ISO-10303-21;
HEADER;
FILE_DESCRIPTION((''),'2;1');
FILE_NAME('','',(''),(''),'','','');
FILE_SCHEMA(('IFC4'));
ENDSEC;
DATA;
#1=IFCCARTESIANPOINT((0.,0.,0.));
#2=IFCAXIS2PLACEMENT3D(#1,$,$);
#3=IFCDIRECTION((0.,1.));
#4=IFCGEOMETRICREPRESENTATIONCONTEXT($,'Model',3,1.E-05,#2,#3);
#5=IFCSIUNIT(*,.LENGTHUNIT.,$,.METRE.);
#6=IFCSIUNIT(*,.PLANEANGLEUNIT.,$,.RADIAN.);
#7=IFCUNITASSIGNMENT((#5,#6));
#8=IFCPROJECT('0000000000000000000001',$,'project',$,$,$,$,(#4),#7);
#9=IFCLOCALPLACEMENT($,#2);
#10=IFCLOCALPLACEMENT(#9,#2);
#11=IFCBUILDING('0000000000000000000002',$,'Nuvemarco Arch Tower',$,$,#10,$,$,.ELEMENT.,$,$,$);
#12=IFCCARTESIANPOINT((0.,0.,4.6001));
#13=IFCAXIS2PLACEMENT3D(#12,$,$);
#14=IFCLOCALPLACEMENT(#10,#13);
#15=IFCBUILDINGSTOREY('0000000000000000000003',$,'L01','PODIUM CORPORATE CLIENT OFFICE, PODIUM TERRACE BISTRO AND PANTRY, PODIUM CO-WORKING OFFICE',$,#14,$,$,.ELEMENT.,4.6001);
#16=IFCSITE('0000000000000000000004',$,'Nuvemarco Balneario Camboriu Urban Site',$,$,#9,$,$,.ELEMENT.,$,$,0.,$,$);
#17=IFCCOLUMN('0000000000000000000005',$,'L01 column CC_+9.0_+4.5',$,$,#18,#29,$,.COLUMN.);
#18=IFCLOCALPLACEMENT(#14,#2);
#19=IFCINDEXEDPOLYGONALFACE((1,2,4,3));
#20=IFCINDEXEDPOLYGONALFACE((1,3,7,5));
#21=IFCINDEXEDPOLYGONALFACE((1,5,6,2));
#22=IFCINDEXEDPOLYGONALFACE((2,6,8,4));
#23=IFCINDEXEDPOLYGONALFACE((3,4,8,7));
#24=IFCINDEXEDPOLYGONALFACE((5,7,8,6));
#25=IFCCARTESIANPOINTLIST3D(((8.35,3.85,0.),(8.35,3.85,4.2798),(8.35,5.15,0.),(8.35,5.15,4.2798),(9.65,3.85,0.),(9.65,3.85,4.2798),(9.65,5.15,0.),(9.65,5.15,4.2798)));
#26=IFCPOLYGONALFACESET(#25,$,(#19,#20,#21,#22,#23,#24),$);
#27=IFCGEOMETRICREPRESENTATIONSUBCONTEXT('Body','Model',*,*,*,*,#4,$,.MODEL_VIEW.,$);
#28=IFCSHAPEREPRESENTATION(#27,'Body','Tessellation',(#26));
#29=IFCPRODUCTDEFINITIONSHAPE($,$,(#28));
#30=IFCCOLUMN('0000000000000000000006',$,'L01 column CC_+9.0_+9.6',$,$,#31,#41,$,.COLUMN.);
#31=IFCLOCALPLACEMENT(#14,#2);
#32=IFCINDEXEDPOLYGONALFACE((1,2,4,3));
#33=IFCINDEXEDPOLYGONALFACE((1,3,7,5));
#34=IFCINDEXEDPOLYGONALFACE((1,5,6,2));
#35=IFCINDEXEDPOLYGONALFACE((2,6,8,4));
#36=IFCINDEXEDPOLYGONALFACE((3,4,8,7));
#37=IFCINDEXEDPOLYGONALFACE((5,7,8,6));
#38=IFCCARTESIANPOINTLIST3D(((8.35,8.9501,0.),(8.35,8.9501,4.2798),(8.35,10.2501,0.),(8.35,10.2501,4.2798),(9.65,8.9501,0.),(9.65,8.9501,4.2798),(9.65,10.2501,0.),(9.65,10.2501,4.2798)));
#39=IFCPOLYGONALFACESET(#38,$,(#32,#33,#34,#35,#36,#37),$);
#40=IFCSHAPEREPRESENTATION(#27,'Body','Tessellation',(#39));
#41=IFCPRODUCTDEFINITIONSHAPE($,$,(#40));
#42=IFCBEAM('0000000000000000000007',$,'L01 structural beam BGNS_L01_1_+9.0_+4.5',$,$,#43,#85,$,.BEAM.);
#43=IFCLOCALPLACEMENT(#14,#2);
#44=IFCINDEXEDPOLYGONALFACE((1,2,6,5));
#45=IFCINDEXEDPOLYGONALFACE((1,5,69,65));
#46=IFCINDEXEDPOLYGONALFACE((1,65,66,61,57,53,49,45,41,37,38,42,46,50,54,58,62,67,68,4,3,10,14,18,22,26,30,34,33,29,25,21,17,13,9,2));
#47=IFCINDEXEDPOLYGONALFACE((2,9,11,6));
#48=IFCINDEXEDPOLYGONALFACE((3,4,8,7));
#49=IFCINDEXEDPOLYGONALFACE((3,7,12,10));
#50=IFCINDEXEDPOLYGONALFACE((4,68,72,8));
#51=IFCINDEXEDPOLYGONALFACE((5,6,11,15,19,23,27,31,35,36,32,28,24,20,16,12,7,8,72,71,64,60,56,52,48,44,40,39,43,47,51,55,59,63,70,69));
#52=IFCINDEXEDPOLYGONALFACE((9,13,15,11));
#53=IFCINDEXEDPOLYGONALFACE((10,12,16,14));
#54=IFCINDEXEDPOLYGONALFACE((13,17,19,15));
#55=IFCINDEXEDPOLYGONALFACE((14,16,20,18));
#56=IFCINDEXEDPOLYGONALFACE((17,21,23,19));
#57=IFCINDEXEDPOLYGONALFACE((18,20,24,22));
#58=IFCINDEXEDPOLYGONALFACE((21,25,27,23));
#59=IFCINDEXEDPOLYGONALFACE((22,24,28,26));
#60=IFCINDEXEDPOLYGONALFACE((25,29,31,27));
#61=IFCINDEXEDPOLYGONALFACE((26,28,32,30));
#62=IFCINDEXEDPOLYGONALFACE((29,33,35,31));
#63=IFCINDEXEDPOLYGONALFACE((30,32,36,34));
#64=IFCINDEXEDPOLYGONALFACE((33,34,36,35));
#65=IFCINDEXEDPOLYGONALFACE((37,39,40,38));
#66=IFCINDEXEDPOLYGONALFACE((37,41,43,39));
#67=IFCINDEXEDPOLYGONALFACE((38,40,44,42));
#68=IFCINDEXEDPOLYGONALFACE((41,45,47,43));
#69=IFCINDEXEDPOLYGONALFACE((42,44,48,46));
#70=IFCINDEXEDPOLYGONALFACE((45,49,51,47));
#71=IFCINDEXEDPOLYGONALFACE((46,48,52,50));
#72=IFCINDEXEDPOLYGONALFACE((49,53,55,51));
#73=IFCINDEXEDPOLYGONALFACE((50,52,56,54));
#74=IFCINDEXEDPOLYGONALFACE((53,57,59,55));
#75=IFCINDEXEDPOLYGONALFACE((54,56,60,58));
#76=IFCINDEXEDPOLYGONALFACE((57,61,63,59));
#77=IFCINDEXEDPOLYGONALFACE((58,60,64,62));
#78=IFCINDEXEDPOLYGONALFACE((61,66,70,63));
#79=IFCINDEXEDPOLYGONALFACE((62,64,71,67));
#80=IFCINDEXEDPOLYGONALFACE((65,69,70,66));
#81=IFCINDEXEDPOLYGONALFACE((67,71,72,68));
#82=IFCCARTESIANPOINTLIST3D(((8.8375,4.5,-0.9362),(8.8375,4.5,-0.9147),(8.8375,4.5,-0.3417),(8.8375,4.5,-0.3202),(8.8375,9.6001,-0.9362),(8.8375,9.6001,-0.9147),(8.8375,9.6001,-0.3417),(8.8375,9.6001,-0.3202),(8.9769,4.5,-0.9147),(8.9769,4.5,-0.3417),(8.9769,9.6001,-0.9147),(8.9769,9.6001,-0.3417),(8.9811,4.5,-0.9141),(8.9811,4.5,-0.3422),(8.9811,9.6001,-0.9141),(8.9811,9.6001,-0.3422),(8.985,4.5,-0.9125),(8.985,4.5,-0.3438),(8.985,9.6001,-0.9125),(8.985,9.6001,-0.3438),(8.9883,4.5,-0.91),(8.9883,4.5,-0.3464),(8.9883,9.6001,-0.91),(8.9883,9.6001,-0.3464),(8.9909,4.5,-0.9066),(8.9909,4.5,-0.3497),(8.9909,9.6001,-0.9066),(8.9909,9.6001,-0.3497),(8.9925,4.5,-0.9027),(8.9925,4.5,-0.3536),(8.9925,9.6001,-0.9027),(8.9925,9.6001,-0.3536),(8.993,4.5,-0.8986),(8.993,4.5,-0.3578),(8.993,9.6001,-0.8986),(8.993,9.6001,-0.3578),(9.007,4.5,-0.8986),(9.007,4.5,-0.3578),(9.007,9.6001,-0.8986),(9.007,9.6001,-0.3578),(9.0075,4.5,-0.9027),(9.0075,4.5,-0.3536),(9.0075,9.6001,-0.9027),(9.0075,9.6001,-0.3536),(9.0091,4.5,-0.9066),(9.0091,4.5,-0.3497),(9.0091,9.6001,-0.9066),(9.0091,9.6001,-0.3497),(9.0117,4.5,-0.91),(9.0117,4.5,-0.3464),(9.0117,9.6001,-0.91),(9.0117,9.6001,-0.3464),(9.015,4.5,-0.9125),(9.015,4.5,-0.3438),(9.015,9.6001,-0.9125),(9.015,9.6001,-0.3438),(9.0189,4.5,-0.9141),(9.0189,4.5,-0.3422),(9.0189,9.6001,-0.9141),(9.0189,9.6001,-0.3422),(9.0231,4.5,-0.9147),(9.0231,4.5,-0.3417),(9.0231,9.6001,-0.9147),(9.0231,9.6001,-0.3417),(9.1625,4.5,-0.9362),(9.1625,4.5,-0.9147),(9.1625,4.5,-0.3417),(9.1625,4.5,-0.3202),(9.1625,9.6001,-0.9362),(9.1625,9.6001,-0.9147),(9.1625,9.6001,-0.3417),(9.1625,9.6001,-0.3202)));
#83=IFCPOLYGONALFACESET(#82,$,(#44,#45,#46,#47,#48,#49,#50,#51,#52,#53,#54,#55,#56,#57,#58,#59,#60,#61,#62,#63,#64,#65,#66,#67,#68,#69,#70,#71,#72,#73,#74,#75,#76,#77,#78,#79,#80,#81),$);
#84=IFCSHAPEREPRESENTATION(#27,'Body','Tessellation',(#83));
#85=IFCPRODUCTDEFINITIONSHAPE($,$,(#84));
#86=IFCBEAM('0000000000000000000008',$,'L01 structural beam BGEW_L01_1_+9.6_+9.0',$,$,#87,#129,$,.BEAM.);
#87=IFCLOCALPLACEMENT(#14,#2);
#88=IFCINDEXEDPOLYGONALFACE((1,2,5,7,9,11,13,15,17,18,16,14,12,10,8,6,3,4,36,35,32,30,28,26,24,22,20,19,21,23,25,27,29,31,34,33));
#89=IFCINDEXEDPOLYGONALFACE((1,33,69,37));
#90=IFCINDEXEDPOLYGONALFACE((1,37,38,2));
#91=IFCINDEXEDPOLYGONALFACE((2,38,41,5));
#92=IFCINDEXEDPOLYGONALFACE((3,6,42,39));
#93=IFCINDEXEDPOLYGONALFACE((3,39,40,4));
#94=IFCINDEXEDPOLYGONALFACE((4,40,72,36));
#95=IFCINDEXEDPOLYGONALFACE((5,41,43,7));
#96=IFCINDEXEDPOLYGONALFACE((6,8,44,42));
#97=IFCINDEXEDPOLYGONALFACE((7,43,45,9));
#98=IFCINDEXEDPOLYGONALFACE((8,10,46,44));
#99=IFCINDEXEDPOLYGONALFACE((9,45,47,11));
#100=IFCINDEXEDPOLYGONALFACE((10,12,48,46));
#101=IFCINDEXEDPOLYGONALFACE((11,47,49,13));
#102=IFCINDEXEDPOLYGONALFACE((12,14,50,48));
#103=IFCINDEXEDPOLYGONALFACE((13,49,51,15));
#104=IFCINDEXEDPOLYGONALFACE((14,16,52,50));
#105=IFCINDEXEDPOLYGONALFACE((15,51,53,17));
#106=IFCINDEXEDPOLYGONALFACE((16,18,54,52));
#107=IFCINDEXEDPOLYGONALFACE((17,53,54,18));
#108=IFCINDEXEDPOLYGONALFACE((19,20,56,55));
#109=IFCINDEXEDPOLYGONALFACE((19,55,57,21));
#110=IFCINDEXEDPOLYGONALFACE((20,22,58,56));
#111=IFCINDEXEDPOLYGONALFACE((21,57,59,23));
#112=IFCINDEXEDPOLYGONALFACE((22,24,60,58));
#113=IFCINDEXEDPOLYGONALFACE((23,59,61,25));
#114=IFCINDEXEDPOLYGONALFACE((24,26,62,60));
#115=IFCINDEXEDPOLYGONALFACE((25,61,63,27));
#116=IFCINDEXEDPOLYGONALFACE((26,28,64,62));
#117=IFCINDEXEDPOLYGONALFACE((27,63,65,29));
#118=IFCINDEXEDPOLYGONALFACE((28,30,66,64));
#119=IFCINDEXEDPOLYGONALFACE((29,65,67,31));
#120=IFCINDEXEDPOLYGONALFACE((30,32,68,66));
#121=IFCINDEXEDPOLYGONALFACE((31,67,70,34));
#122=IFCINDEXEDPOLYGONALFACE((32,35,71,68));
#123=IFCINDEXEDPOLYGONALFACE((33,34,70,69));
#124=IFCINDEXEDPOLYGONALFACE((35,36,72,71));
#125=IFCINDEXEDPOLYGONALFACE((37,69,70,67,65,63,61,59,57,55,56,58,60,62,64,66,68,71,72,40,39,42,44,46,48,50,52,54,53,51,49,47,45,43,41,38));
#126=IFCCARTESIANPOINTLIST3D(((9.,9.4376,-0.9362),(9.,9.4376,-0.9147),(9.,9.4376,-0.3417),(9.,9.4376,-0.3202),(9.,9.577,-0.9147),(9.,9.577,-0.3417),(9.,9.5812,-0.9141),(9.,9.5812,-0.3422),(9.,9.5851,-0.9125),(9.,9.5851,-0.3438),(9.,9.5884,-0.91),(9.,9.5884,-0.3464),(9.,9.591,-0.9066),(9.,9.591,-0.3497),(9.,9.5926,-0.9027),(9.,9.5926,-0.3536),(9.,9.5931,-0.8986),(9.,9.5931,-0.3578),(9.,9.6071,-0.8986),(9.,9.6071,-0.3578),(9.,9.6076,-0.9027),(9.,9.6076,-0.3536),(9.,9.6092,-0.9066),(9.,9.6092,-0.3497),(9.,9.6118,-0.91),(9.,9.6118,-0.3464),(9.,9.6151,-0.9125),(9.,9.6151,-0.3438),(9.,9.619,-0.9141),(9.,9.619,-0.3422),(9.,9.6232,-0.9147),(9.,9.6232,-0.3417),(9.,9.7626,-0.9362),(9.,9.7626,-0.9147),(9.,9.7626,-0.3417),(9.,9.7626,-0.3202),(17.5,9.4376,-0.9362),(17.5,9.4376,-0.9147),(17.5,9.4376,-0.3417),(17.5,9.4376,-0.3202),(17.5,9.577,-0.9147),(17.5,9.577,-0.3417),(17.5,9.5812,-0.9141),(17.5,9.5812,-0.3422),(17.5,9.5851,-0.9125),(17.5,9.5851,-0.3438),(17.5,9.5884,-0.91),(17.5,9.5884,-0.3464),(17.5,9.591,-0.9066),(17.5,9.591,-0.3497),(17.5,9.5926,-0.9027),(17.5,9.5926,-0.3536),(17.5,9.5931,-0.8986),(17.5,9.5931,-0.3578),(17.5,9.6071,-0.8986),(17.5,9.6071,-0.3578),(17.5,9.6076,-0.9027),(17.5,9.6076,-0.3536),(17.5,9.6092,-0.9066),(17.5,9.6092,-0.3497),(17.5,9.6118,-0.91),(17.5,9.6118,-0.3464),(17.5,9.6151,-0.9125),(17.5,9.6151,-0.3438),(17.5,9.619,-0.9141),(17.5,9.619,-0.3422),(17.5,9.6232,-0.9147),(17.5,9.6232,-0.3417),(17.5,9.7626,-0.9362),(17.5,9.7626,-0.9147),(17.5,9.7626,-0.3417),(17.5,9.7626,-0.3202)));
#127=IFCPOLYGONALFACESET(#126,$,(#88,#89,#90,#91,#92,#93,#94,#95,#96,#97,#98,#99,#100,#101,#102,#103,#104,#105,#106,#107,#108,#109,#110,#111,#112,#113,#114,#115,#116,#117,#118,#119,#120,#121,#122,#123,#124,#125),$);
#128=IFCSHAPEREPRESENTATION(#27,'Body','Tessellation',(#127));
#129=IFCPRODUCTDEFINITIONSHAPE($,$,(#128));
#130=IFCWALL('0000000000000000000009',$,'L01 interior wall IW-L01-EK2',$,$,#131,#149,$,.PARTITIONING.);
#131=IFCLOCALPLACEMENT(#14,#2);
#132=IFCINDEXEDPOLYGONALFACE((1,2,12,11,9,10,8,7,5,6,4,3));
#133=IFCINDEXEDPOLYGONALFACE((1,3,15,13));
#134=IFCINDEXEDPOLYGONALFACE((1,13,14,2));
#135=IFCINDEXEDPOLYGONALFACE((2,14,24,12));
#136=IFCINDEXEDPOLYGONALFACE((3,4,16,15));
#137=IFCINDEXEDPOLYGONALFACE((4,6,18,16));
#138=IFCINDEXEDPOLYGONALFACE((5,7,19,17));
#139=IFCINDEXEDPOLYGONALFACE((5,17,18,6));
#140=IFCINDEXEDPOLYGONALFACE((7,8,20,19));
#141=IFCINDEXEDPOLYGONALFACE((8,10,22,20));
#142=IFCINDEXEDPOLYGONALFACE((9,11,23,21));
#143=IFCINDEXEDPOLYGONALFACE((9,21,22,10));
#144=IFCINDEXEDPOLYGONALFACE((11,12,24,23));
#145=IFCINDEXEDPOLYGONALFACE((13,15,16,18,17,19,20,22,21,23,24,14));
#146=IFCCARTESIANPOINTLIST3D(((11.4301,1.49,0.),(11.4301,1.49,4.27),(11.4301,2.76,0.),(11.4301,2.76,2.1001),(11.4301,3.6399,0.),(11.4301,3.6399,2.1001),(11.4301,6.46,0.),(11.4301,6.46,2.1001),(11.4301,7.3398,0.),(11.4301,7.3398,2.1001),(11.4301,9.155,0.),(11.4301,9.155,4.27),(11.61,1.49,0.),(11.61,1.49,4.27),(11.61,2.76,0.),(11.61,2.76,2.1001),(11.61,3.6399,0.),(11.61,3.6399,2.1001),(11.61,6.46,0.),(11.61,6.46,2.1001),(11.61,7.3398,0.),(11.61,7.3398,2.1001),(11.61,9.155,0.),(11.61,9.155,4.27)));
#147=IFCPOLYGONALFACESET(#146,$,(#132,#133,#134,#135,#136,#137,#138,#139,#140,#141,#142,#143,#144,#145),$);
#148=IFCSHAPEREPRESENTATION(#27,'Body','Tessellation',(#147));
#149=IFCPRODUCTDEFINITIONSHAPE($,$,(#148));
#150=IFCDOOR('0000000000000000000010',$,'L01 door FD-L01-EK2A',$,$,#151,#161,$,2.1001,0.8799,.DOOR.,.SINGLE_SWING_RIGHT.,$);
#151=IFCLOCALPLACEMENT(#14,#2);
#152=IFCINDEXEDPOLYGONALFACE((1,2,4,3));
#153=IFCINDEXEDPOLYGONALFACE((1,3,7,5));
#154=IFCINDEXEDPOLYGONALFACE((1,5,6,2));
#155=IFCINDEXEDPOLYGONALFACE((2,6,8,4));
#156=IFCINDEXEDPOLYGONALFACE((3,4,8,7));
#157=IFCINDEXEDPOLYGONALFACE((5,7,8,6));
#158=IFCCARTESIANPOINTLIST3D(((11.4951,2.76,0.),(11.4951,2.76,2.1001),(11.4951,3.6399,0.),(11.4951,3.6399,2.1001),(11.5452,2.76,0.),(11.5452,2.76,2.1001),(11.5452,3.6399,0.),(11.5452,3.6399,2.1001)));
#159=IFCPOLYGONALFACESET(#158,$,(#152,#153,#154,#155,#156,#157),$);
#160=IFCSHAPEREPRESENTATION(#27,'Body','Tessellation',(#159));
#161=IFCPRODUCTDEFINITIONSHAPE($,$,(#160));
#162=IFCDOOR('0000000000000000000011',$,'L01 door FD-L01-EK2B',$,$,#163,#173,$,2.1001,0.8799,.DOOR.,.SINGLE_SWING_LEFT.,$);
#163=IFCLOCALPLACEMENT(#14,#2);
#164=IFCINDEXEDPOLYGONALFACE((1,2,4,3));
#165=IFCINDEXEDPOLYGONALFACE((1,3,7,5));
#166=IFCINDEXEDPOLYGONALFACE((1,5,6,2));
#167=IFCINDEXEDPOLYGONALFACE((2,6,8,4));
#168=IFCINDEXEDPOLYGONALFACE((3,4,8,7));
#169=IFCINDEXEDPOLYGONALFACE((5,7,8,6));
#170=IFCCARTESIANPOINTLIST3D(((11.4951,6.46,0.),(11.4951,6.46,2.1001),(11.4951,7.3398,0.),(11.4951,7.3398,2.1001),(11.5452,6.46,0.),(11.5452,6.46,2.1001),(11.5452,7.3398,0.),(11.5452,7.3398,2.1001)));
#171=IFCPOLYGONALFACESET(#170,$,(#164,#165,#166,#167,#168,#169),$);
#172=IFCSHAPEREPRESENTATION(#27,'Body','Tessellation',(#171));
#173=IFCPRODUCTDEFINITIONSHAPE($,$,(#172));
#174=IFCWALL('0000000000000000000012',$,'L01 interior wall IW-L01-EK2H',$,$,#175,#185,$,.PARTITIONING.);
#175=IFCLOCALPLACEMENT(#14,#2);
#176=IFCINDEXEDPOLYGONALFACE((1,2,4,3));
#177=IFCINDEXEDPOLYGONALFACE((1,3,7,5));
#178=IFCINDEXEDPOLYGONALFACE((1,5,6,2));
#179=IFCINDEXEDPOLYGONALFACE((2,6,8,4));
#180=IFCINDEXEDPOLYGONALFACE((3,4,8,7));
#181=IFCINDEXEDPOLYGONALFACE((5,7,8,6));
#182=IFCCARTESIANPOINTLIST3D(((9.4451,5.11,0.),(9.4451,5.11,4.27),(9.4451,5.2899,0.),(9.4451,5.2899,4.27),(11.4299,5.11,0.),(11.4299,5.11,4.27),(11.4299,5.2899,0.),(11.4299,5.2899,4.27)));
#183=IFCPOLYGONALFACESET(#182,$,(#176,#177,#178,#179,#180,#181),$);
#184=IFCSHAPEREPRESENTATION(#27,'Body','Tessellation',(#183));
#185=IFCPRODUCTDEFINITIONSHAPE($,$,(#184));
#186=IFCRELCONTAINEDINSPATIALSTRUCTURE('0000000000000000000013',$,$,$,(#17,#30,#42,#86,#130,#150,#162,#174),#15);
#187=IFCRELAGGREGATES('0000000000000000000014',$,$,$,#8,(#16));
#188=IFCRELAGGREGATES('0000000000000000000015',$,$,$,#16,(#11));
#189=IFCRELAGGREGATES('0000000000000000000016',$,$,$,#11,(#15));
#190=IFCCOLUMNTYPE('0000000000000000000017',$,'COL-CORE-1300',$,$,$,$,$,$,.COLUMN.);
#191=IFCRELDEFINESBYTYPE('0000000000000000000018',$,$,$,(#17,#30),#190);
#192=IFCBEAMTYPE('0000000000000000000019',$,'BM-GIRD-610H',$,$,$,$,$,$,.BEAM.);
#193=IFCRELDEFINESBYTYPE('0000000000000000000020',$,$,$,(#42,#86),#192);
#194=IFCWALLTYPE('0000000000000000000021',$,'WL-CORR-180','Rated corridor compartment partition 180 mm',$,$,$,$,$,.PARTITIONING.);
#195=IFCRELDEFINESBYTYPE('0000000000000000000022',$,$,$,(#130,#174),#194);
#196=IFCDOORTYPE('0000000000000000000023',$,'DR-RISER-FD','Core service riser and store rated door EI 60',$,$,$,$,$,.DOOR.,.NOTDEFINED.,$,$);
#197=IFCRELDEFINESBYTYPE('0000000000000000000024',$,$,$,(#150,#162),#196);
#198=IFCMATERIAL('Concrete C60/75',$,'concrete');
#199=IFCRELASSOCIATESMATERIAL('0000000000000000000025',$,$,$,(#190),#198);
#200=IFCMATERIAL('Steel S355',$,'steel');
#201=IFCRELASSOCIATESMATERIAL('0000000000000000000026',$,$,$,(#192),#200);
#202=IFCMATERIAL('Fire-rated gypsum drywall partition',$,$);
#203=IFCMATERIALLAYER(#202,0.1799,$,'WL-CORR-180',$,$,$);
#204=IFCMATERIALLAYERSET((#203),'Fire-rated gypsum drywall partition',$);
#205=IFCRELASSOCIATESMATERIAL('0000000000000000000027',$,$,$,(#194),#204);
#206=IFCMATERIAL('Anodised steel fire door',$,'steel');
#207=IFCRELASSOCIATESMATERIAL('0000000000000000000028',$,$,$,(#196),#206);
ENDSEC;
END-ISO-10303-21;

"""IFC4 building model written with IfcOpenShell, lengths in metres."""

from ifc_helpers import new_model, si_unit, direction, frame, frame_2d, origin, origin_2d, place, context, subcontext, project, spatial, rectangle, i_section, extrude, source, transform, mapped, material, layer, layer_set, material_profile, profile_set, type_object, type_shapes, element, fill, save


model = new_model("IFC4")

# Units and contexts
model_context = context("Model", 3, precision=1e-05, world=origin(), true_north=direction((0.0, 1.0)))
body_context = subcontext(model_context, "Body", "Model", "MODEL_VIEW")
ifc_project = project(units=[si_unit("LENGTHUNIT", "METRE"), si_unit("PLANEANGLEUNIT", "RADIAN")], contexts=[model_context])

# Site, building, storey
site_placement = place(None, origin())
site = spatial("IfcSite", under=ifc_project, at=site_placement, Name="Nuvemarco Balneario Camboriu Urban Site", CompositionType="ELEMENT", RefElevation=0.0)
building_placement = place(site_placement, origin())
building = spatial("IfcBuilding", under=site, at=building_placement, Name="Nuvemarco Arch Tower", CompositionType="ELEMENT")
storey_placement = place(building_placement, frame((0.0, 0.0, 4.6001)))
storey = spatial("IfcBuildingStorey", under=building, at=storey_placement, Name="L01", Description="PODIUM CORPORATE CLIENT OFFICE, PODIUM TERRACE BISTRO AND PANTRY, PODIUM CO-WORKING OFFICE", CompositionType="ELEMENT", Elevation=4.6001)

# Columns
ifc_material_1 = material(Name="Concrete C60/75", Category="concrete")
ifc_material_profile_1 = material_profile(ifc_material_1, rectangle(XDim=1.3, YDim=1.3, at=origin_2d()), Name="RC-COL-1300x1300")
ifc_profile_set_1 = profile_set([ifc_material_profile_1], Name="Concrete C60/75")
column_type = type_object("IfcColumnType", Name="COL-CORE-1300", PredefinedType="COLUMN", material=ifc_profile_set_1)
for number, where, z_axis, x_axis, name in (
    (1, (9.0, 4.5, 0.0), (0.0, 0.0, 1.0), (1.0, 0.0, 0.0), "L01 column CC_+9.0_+4.5"),
    (2, (9.0, 9.6001, 0.0), (0.0, 0.0, 1.0), (1.0, 0.0, 0.0), "L01 column CC_+9.0_+9.6"),
):
    element("IfcColumn", number, at=place(storey_placement, frame(where, z_axis=z_axis, x_axis=x_axis)), inside=storey, type_object=column_type, Name=name, PredefinedType="COLUMN", context=body_context, shape_type="SweptSolid", body=[
        extrude(rectangle(XDim=1.3, YDim=1.3, at=origin_2d()), origin(), (0.0, 0.0, 1.0), 4.2798),
    ])

# Beams
ifc_material_2 = material(Name="Steel S355", Category="steel")
ifc_material_profile_2 = material_profile(ifc_material_2, i_section(OverallWidth=0.325, OverallDepth=0.616, WebThickness=0.0139, FlangeThickness=0.0215, FilletRadius=0.0161, at=origin_2d()), Name="W610x174")
ifc_profile_set_2 = profile_set([ifc_material_profile_2], Name="Steel S355")
beam_type = type_object("IfcBeamType", Name="BM-GIRD-610H", PredefinedType="BEAM", material=ifc_profile_set_2)
beam_1_placement = place(storey_placement, frame((9.0, 4.5, -0.6282), z_axis=(0.0, 1.0, 0.0), x_axis=(-1.0, 0.0, 0.0)))
element("IfcBeam", 3, at=beam_1_placement, inside=storey, type_object=beam_type, Name="L01 structural beam BGNS_L01_1_+9.0_+4.5", PredefinedType="BEAM", context=body_context, shape_type="SweptSolid", body=[
    extrude(i_section(OverallWidth=0.325, OverallDepth=0.616, WebThickness=0.0139, FlangeThickness=0.0215, FilletRadius=0.0161, at=origin_2d()), origin(), (0.0, 0.0, 1.0), 5.1001),
])
beam_2_placement = place(storey_placement, frame((9.0, 9.6001, -0.6282), z_axis=(1.0, 0.0, 0.0), x_axis=(0.0, 1.0, 0.0)))
element("IfcBeam", 4, at=beam_2_placement, inside=storey, type_object=beam_type, Name="L01 structural beam BGEW_L01_1_+9.6_+9.0", PredefinedType="BEAM", context=body_context, shape_type="SweptSolid", body=[
    extrude(i_section(OverallWidth=0.325, OverallDepth=0.616, WebThickness=0.0139, FlangeThickness=0.0215, FilletRadius=0.0161, at=origin_2d()), origin(), (0.0, 0.0, 1.0), 8.5),
])

# Shared definitions
ifc_material_3 = material(Name="Anodised steel fire door", Category="steel")
ifc_material_4 = material(Name="Fire-rated gypsum drywall partition")
ifc_layer_1 = layer(ifc_material_4, 0.1799, Name="WL-CORR-180")
ifc_layer_set_1 = layer_set([ifc_layer_1], Name="Fire-rated gypsum drywall partition")
wall_type_1 = type_object("IfcWallType", Name="WL-CORR-180", Description="Rated corridor compartment partition 180 mm", PredefinedType="PARTITIONING", material=ifc_layer_set_1)

# Wall, openings, doors
wall_1_placement = place(storey_placement, frame((11.52, 1.49, 0.0), z_axis=(0.0, 0.0, 1.0), x_axis=(0.0, 1.0, 0.0)))
wall_1 = element("IfcWall", 5, at=wall_1_placement, inside=storey, type_object=wall_type_1, Name="L01 interior wall IW-L01-EK2", PredefinedType="PARTITIONING", context=body_context, shape_type="SweptSolid", body=[
    extrude(rectangle(XDim=7.665, YDim=0.1799, at=frame_2d((3.8325, 0.0))), origin(), (0.0, 0.0, 1.0), 4.27),
])
opening_1_placement = place(wall_1_placement, frame((1.27, 0.0, 0.0)))
opening_1 = element("IfcOpeningElement", 6, at=opening_1_placement, cuts=wall_1, PredefinedType="OPENING", context=body_context, shape_type="SweptSolid", body=[
    extrude(rectangle(XDim=0.8799, YDim=2.1001, at=frame_2d((0.4399, 1.05))), frame((0.0, 0.0999, 0.0), z_axis=(0.0, -1.0, 0.0), x_axis=(1.0, 0.0, 0.0)), (0.0, 0.0, 1.0), 0.2),
])
opening_2_placement = place(wall_1_placement, frame((4.97, 0.0, 0.0)))
opening_2 = element("IfcOpeningElement", 7, at=opening_2_placement, cuts=wall_1, PredefinedType="OPENING", context=body_context, shape_type="SweptSolid", body=[
    extrude(rectangle(XDim=0.8799, YDim=2.1001, at=frame_2d((0.4399, 1.05))), frame((0.0, 0.0999, 0.0), z_axis=(0.0, -1.0, 0.0), x_axis=(1.0, 0.0, 0.0)), (0.0, 0.0, 1.0), 0.2),
])
door_type_1 = type_object("IfcDoorType", Name="DR-RISER-FD", Description="Core service riser and store rated door EI 60", OperationType="NOTDEFINED", PredefinedType="DOOR", material=ifc_material_3)
shared_shape_1 = source(origin(), body_context, "Body", "SweptSolid", [
    extrude(rectangle(XDim=0.8799, YDim=2.1001, at=frame_2d((0.4399, 1.05))), frame((0.0, 0.0249, 0.0), z_axis=(0.0, -1.0, 0.0), x_axis=(1.0, 0.0, 0.0)), (0.0, 0.0, 1.0), 0.05),
])
type_shapes(door_type_1, [shared_shape_1])
door_1_placement = place(opening_1_placement, origin())
door_1 = element("IfcDoor", 8, at=door_1_placement, inside=storey, type_object=door_type_1, Name="L01 door FD-L01-EK2A", OperationType="SINGLE_SWING_RIGHT", OverallHeight=2.1001, OverallWidth=0.8799, PredefinedType="DOOR", context=body_context, shape_type="MappedRepresentation", body=[
    mapped(shared_shape_1, transform((0.0, 0.0, 0.0), scale=1.0)),
])
fill(opening_1, door_1)
door_2_placement = place(opening_2_placement, origin())
door_2 = element("IfcDoor", 9, at=door_2_placement, inside=storey, type_object=door_type_1, Name="L01 door FD-L01-EK2B", OperationType="SINGLE_SWING_LEFT", OverallHeight=2.1001, OverallWidth=0.8799, PredefinedType="DOOR", context=body_context, shape_type="MappedRepresentation", body=[
    mapped(shared_shape_1, transform((0.0, 0.0, 0.0), scale=1.0)),
])
fill(opening_2, door_2)

# Wall
wall_2_placement = place(storey_placement, frame((9.4451, 5.2, 0.0), z_axis=(0.0, 0.0, 1.0), x_axis=(1.0, 0.0, 0.0)))
element("IfcWall", 10, at=wall_2_placement, inside=storey, type_object=wall_type_1, Name="L01 interior wall IW-L01-EK2H", PredefinedType="PARTITIONING", context=body_context, shape_type="SweptSolid", body=[
    extrude(rectangle(XDim=1.9849, YDim=0.1799, at=frame_2d((0.9924, 0.0))), origin(), (0.0, 0.0, 1.0), 4.27),
])

save(model, "model.ifc")
